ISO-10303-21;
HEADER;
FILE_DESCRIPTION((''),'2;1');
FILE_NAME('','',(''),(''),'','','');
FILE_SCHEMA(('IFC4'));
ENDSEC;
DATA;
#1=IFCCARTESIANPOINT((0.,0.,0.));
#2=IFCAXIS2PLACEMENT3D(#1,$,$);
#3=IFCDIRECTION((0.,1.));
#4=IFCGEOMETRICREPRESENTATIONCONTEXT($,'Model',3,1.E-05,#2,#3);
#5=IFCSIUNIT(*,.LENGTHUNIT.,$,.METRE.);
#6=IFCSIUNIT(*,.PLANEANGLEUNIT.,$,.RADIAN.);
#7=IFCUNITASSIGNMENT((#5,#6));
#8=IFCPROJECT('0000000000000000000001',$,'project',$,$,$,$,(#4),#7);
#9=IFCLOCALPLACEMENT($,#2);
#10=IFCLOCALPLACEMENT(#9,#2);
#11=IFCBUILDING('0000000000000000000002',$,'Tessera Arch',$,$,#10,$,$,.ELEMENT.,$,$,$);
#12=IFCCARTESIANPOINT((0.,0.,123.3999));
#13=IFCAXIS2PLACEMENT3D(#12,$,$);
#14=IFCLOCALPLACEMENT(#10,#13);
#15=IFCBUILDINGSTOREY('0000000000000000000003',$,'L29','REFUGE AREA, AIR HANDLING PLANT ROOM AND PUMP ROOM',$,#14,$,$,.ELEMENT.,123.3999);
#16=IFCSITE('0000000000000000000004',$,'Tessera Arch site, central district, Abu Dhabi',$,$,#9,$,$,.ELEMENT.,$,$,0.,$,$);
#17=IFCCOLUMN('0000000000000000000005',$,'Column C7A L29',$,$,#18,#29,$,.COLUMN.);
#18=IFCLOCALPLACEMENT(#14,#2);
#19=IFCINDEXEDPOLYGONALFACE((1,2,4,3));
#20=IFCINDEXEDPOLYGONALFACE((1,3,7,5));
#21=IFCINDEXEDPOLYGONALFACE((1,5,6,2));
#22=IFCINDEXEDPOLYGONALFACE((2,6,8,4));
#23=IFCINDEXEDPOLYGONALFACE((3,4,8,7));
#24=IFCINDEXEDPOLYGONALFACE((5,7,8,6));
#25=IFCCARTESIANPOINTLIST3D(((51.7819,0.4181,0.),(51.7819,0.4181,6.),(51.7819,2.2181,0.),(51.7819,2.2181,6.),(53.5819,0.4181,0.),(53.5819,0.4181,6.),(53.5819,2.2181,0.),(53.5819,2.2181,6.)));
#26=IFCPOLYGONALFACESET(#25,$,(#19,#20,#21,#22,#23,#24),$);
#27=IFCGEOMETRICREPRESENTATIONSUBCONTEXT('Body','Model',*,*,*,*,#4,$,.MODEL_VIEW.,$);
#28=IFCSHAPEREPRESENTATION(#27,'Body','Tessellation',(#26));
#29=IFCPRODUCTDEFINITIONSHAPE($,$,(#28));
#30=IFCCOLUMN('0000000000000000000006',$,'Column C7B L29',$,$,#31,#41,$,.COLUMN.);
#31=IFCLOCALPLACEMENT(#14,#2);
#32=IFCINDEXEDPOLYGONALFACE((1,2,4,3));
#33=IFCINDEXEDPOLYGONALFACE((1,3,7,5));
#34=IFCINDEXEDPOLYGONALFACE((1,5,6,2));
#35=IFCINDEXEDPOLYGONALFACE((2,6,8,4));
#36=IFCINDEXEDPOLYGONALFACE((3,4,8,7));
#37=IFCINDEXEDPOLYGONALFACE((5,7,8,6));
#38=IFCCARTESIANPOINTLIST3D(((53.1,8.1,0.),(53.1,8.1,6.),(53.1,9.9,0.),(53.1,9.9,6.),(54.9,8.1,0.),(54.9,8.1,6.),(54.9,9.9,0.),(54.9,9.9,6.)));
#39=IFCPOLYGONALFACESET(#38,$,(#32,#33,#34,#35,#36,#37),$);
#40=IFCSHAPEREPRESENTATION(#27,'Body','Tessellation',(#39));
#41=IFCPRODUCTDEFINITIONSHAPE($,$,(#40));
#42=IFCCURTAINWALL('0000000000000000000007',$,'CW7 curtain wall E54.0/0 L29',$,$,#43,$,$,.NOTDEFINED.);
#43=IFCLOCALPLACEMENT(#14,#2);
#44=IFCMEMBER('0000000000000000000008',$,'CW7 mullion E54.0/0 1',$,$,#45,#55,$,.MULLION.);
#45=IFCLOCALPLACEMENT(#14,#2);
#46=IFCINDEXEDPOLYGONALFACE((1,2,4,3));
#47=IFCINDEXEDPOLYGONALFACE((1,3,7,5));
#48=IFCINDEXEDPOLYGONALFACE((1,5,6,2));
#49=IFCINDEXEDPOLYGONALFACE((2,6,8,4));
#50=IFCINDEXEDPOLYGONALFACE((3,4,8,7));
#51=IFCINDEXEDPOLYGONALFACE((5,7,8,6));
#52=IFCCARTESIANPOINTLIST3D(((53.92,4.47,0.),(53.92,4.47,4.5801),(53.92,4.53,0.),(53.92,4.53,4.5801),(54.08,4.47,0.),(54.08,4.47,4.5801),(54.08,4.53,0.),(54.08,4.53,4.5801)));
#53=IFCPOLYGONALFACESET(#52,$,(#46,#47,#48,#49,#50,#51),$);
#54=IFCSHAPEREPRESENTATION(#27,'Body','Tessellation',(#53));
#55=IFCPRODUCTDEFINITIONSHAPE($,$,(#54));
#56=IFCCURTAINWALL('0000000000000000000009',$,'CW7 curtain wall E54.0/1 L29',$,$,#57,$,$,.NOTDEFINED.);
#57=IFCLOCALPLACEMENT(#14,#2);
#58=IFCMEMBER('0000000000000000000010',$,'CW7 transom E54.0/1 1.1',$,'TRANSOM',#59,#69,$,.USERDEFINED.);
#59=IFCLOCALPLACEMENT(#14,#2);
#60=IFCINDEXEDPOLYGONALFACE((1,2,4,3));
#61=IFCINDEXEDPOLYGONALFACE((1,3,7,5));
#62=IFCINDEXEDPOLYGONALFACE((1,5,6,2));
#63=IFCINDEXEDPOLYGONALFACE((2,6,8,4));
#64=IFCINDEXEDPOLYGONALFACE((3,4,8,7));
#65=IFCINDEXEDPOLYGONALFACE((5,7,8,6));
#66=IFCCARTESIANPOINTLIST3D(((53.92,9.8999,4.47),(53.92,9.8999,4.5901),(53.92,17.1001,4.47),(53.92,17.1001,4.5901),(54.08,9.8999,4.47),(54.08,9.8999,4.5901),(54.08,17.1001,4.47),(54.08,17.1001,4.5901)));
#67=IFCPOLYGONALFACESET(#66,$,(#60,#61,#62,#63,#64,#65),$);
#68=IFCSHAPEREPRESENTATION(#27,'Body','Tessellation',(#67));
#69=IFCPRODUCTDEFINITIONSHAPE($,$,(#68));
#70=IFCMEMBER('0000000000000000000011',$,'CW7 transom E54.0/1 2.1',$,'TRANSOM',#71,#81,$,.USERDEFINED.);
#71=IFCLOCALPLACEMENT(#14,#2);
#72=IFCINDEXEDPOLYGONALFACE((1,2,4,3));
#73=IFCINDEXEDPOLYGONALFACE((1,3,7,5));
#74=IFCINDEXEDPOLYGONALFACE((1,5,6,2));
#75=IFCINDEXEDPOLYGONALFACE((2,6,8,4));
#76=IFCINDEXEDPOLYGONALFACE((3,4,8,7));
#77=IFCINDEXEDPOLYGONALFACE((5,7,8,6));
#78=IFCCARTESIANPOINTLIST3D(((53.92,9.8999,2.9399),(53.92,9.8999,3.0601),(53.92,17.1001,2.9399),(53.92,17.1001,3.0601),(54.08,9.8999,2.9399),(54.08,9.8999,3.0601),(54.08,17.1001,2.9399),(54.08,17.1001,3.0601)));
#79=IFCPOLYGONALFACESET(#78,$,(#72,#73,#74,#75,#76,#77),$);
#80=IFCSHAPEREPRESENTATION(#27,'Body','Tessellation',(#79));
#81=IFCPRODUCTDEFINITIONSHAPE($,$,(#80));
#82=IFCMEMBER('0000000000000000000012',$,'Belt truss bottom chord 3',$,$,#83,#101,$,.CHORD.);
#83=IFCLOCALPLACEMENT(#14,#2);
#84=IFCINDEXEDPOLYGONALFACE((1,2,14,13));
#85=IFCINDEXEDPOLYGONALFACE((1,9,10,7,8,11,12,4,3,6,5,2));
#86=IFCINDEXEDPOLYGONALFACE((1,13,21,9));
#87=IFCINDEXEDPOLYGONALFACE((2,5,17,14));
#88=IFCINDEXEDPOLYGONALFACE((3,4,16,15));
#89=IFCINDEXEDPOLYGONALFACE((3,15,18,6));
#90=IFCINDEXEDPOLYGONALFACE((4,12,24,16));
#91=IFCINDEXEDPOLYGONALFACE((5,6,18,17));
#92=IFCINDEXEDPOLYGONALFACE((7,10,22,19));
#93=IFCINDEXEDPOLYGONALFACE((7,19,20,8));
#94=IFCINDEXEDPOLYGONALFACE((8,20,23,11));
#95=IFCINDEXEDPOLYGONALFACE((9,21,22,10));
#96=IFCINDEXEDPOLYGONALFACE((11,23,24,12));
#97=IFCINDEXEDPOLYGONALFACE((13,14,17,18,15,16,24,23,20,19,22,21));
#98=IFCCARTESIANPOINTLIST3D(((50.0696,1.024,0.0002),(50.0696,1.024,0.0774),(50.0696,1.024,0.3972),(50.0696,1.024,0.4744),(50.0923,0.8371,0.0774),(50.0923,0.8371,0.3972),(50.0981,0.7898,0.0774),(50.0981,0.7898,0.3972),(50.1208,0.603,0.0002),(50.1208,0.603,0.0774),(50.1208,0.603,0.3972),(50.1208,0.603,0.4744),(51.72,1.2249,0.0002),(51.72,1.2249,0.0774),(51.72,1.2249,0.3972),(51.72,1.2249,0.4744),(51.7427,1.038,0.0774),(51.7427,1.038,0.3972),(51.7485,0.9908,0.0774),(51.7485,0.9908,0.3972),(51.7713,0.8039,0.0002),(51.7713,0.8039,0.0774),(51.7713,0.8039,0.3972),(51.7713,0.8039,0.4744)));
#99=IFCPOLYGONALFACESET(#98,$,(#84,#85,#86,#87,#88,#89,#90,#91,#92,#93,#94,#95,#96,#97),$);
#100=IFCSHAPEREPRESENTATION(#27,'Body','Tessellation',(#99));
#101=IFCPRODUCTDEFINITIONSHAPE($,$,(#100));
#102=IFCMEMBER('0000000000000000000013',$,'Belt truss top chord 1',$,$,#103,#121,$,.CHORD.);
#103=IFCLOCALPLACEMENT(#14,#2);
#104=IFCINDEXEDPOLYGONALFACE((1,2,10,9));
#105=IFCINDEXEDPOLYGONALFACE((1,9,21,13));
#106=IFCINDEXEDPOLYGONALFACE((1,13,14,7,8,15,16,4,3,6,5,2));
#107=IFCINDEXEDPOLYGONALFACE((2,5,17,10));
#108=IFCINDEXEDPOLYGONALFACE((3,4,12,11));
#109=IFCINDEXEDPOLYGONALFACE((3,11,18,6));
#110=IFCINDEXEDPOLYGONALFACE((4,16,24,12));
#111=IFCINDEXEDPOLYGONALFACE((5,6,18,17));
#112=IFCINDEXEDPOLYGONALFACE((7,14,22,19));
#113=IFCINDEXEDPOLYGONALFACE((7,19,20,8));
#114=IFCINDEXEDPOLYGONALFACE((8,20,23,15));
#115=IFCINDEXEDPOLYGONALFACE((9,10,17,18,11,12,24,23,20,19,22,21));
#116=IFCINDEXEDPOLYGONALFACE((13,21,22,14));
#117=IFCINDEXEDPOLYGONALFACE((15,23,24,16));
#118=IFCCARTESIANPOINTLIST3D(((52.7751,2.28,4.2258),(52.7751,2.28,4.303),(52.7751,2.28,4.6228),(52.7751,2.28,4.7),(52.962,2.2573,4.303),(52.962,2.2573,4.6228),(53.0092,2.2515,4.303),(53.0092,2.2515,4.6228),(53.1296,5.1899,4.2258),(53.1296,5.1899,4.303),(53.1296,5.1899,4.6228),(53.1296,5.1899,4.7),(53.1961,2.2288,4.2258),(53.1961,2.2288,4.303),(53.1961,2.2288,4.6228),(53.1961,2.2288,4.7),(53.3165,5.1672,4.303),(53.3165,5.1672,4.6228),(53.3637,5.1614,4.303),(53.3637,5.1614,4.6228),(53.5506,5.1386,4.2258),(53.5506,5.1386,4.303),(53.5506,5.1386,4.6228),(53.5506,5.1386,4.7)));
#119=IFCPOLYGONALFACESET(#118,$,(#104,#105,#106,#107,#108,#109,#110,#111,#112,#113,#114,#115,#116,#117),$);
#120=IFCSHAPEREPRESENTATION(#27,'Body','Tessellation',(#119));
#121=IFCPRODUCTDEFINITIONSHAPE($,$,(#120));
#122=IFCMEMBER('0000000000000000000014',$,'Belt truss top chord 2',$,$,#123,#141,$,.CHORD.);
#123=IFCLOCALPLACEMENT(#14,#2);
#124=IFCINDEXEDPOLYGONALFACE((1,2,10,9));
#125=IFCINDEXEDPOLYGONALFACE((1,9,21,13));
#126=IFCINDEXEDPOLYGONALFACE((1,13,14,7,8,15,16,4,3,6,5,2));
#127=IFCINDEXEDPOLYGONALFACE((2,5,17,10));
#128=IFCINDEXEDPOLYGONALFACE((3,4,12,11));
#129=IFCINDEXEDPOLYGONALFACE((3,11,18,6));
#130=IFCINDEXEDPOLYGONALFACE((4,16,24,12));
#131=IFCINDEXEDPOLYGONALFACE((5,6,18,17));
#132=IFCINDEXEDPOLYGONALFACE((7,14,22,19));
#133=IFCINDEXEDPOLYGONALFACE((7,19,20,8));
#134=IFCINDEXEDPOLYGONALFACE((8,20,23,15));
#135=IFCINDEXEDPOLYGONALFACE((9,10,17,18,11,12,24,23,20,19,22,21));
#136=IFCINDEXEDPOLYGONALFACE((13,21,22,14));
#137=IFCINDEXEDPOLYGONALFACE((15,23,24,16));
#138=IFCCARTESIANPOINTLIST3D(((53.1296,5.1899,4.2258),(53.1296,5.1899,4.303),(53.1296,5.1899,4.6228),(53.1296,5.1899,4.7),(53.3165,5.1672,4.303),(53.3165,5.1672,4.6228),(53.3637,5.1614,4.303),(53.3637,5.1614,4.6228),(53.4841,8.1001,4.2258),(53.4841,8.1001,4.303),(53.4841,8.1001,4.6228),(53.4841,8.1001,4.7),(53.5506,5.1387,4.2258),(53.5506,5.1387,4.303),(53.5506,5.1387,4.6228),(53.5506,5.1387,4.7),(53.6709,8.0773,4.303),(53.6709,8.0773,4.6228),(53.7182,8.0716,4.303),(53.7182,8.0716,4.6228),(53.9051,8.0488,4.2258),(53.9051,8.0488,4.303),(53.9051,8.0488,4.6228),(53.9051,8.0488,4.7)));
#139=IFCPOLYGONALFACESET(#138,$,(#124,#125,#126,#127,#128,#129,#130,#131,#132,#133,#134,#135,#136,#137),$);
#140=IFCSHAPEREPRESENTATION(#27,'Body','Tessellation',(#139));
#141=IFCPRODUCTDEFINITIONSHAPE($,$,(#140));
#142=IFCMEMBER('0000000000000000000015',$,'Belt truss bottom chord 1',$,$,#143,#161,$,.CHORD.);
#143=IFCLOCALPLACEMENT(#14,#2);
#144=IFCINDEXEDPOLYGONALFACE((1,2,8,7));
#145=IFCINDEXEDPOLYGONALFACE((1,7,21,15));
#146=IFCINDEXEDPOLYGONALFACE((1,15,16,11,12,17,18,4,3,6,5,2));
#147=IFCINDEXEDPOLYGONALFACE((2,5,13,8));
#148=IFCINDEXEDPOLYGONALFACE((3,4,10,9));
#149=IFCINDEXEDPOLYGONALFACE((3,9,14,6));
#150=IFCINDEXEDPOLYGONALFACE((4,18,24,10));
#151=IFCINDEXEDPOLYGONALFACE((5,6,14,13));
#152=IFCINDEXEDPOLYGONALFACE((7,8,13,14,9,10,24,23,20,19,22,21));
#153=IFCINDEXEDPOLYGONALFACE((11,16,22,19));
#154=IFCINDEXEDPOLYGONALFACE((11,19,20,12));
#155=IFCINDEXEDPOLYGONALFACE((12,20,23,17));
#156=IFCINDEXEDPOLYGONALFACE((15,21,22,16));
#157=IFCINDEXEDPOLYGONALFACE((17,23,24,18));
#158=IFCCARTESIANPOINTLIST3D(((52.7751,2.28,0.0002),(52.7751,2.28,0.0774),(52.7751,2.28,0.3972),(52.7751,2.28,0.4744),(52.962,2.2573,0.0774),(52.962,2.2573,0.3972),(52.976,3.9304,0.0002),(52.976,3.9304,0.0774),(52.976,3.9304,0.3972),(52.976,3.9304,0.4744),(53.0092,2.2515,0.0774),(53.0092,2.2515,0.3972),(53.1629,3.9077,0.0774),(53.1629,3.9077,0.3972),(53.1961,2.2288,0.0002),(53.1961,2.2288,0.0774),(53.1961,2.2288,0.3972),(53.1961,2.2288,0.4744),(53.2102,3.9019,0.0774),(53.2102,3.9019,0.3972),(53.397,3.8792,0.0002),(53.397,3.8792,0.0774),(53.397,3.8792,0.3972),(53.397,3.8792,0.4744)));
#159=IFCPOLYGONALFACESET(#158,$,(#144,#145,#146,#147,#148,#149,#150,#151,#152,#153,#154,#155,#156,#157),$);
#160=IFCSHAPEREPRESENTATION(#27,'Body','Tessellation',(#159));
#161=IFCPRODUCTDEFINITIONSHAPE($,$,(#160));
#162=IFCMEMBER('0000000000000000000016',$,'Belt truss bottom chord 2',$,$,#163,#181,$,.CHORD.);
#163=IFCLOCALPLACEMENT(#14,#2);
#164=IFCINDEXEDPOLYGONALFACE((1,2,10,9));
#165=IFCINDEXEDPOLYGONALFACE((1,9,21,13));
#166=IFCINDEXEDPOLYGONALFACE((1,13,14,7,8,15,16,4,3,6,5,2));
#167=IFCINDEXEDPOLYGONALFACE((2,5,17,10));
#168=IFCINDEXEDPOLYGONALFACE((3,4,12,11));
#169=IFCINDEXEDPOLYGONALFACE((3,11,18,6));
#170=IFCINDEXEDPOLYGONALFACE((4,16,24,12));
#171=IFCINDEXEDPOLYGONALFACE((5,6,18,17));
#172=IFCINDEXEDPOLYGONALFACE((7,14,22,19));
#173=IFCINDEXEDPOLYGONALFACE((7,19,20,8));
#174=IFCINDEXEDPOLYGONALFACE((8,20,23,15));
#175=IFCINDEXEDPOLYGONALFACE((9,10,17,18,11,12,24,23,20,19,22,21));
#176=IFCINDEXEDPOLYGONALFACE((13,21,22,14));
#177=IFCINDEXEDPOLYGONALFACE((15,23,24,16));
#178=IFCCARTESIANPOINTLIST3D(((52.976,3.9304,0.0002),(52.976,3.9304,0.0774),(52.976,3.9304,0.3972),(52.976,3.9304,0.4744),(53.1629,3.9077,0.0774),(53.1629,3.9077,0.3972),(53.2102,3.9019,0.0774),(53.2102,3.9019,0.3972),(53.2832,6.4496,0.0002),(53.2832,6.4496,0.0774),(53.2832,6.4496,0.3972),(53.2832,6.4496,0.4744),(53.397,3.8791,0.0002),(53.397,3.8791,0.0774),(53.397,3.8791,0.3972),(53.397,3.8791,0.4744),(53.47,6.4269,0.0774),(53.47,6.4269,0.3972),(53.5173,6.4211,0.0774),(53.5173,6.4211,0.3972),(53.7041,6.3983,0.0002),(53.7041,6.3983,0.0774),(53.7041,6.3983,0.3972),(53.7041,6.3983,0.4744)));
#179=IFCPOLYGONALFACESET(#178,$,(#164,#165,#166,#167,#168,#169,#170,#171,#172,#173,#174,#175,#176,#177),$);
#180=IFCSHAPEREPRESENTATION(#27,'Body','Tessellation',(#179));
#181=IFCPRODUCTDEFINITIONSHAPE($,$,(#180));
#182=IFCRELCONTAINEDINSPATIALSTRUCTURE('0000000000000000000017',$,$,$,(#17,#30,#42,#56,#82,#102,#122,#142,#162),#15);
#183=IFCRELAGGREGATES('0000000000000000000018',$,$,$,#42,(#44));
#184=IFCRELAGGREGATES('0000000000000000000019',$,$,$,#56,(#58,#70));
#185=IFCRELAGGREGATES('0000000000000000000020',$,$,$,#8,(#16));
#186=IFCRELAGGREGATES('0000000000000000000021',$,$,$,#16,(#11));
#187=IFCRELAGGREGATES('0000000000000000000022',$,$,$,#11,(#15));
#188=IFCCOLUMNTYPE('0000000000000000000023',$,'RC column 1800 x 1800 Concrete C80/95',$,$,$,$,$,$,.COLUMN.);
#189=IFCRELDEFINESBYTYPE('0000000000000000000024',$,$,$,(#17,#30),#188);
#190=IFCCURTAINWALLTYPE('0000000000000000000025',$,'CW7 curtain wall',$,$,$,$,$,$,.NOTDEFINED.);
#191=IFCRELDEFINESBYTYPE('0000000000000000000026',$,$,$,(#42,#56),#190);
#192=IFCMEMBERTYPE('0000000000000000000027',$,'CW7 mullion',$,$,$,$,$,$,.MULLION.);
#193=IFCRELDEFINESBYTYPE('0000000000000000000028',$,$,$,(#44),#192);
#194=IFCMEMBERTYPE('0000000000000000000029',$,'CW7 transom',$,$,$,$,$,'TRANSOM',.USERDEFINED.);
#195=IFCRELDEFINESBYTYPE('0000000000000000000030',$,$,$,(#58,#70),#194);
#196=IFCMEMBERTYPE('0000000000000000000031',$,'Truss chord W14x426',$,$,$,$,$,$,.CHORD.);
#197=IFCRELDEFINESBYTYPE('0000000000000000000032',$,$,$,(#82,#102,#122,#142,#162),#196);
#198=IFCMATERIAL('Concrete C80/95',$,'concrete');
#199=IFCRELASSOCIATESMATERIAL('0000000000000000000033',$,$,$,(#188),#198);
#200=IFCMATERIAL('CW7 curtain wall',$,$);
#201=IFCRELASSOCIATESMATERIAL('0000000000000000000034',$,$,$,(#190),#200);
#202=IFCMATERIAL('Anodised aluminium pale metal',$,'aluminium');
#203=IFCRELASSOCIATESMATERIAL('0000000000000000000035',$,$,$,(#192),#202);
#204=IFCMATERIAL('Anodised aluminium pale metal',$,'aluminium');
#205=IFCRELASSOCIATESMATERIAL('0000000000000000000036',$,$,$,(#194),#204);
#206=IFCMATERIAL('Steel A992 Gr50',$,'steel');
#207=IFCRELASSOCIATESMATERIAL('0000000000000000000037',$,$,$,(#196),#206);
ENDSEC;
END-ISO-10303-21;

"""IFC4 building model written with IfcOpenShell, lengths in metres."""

from ifc_helpers import new_model, si_unit, direction, frame, origin, origin_2d, place, context, subcontext, project, spatial, rectangle, i_section, extrude, material, material_profile, profile_set, type_object, element, aggregate, save


model = new_model("IFC4")

# Units and contexts
model_context = context("Model", 3, precision=1e-05, world=origin(), true_north=direction((0.0, 1.0)))
body_context = subcontext(model_context, "Body", "Model", "MODEL_VIEW")
ifc_project = project(units=[si_unit("LENGTHUNIT", "METRE"), si_unit("PLANEANGLEUNIT", "RADIAN")], contexts=[model_context])

# Site, building, storey
site_placement = place(None, origin())
site = spatial("IfcSite", under=ifc_project, at=site_placement, Name="Tessera Arch site, central district, Abu Dhabi", CompositionType="ELEMENT", RefElevation=0.0)
building_placement = place(site_placement, origin())
building = spatial("IfcBuilding", under=site, at=building_placement, Name="Tessera Arch", CompositionType="ELEMENT")
storey_placement = place(building_placement, frame((0.0, 0.0, 123.3999)))
storey = spatial("IfcBuildingStorey", under=building, at=storey_placement, Name="L29", Description="REFUGE AREA, AIR HANDLING PLANT ROOM AND PUMP ROOM", CompositionType="ELEMENT", Elevation=123.3999)

# Columns
ifc_material_1 = material(Name="Concrete C80/95", Category="concrete")
ifc_material_profile_1 = material_profile(ifc_material_1, rectangle(XDim=1.8, YDim=1.8, at=origin_2d()), Name="RC column 1800 x 1800 Concrete C80/95")
ifc_profile_set_1 = profile_set([ifc_material_profile_1], Name="Concrete C80/95")
column_type = type_object("IfcColumnType", Name="RC column 1800 x 1800 Concrete C80/95", PredefinedType="COLUMN", material=ifc_profile_set_1)
for number, where, z_axis, x_axis, name in (
    (1, (52.6819, 1.3181, 0.0), (0.0, 0.0, 1.0), (1.0, 0.0, 0.0), "Column C7A L29"),
    (2, (54.0, 9.0, 0.0), (0.0, 0.0, 1.0), (1.0, 0.0, 0.0), "Column C7B L29"),
):
    element("IfcColumn", number, at=place(storey_placement, frame(where, z_axis=z_axis, x_axis=x_axis)), inside=storey, type_object=column_type, Name=name, PredefinedType="COLUMN", context=body_context, shape_type="SweptSolid", body=[
        extrude(rectangle(XDim=1.8, YDim=1.8, at=origin_2d()), origin(), (0.0, 0.0, 1.0), 6.0),
    ])

# Curtain wall, member
ifc_material_2 = material(Name="CW7 curtain wall")
curtain_wall_type = type_object("IfcCurtainWallType", Name="CW7 curtain wall", PredefinedType="NOTDEFINED", material=ifc_material_2)
curtain_wall_1_placement = place(storey_placement, origin())
curtain_wall_1 = element("IfcCurtainWall", 3, at=curtain_wall_1_placement, inside=storey, type_object=curtain_wall_type, Name="CW7 curtain wall E54.0/0 L29", PredefinedType="NOTDEFINED")
ifc_material_3 = material(Name="Anodised aluminium pale metal", Category="aluminium")
ifc_material_profile_2 = material_profile(ifc_material_3, rectangle(XDim=0.1599, YDim=0.0601, at=origin_2d()), Name="AL 60x160")
ifc_profile_set_2 = profile_set([ifc_material_profile_2], Name="Anodised aluminium pale metal")
member_type_1 = type_object("IfcMemberType", Name="CW7 mullion", PredefinedType="MULLION", material=ifc_profile_set_2)
member_1_placement = place(storey_placement, frame((54.0, 4.5, 0.0), z_axis=(0.0, 0.0, 1.0), x_axis=(-1.0, 0.0, 0.0)))
member_1 = element("IfcMember", 4, at=member_1_placement, type_object=member_type_1, Name="CW7 mullion E54.0/0 1", PredefinedType="MULLION", context=body_context, shape_type="SweptSolid", body=[
    extrude(rectangle(XDim=0.1599, YDim=0.0601, at=origin_2d()), origin(), (0.0, 0.0, 1.0), 4.5801),
])

# Curtain wall, members
curtain_wall_2_placement = place(storey_placement, origin())
curtain_wall_2 = element("IfcCurtainWall", 5, at=curtain_wall_2_placement, inside=storey, type_object=curtain_wall_type, Name="CW7 curtain wall E54.0/1 L29", PredefinedType="NOTDEFINED")
ifc_material_4 = material(Name="Anodised aluminium pale metal", Category="aluminium")
ifc_material_profile_3 = material_profile(ifc_material_4, rectangle(XDim=0.1599, YDim=0.1201, at=origin_2d()), Name="AL 160x120")
ifc_profile_set_3 = profile_set([ifc_material_profile_3], Name="Anodised aluminium pale metal")
member_type_2 = type_object("IfcMemberType", Name="CW7 transom", ElementType="TRANSOM", PredefinedType="USERDEFINED", material=ifc_profile_set_3)
member_2_placement = place(storey_placement, frame((54.0, 9.8999, 4.53), z_axis=(0.0, 1.0, 0.0), x_axis=(-1.0, 0.0, 0.0)))
member_2 = element("IfcMember", 6, at=member_2_placement, type_object=member_type_2, Name="CW7 transom E54.0/1 1.1", ObjectType="TRANSOM", PredefinedType="USERDEFINED", context=body_context, shape_type="SweptSolid", body=[
    extrude(rectangle(XDim=0.1599, YDim=0.1201, at=origin_2d()), origin(), (0.0, 0.0, 1.0), 7.2002),
])
member_3_placement = place(storey_placement, frame((54.0, 9.8999, 3.0), z_axis=(0.0, 1.0, 0.0), x_axis=(-1.0, 0.0, 0.0)))
member_3 = element("IfcMember", 7, at=member_3_placement, type_object=member_type_2, Name="CW7 transom E54.0/1 2.1", ObjectType="TRANSOM", PredefinedType="USERDEFINED", context=body_context, shape_type="SweptSolid", body=[
    extrude(rectangle(XDim=0.1599, YDim=0.1201, at=origin_2d()), origin(), (0.0, 0.0, 1.0), 7.2002),
])

# Members
ifc_material_5 = material(Name="Steel A992 Gr50", Category="steel")
ifc_material_profile_4 = material_profile(ifc_material_5, i_section(OverallWidth=0.4241, OverallDepth=0.4741, WebThickness=0.0476, FlangeThickness=0.0771, at=origin_2d()), Name="W14x426")
ifc_profile_set_4 = profile_set([ifc_material_profile_4], Name="Steel A992 Gr50")
member_type_3 = type_object("IfcMemberType", Name="Truss chord W14x426", PredefinedType="CHORD", material=ifc_profile_set_4)
member_4_placement = place(storey_placement, frame((50.0952, 0.8135, 0.2373), z_axis=(0.99267, 0.120853, 0.0), x_axis=(-0.120853, 0.99267, 0.0)))
element("IfcMember", 8, at=member_4_placement, inside=storey, type_object=member_type_3, Name="Belt truss bottom chord 3", PredefinedType="CHORD", context=body_context, shape_type="SweptSolid", body=[
    extrude(i_section(OverallWidth=0.4241, OverallDepth=0.4741, WebThickness=0.0476, FlangeThickness=0.0771, at=origin_2d()), origin(), (0.0, 0.0, 1.0), 1.6626),
])
member_5_placement = place(storey_placement, frame((52.9856, 2.2544, 4.4629), z_axis=(0.120928, 0.992661, 0.0), x_axis=(-0.992661, 0.120928, 0.0)))
element("IfcMember", 9, at=member_5_placement, inside=storey, type_object=member_type_3, Name="Belt truss top chord 1", PredefinedType="CHORD", context=body_context, shape_type="SweptSolid", body=[
    extrude(i_section(OverallWidth=0.4241, OverallDepth=0.4741, WebThickness=0.0476, FlangeThickness=0.0771, at=origin_2d()), origin(), (0.0, 0.0, 1.0), 2.9314),
])
member_6_placement = place(storey_placement, frame((53.3401, 5.1643, 4.4629), z_axis=(0.120918, 0.992662, 0.0), x_axis=(-0.992662, 0.120918, 0.0)))
element("IfcMember", 10, at=member_6_placement, inside=storey, type_object=member_type_3, Name="Belt truss top chord 2", PredefinedType="CHORD", context=body_context, shape_type="SweptSolid", body=[
    extrude(i_section(OverallWidth=0.4241, OverallDepth=0.4741, WebThickness=0.0476, FlangeThickness=0.0771, at=origin_2d()), origin(), (0.0, 0.0, 1.0), 2.9316),
])
member_7_placement = place(storey_placement, frame((52.9856, 2.2544, 0.2373), z_axis=(0.120853, 0.99267, 0.0), x_axis=(-0.99267, 0.120853, 0.0)))
element("IfcMember", 11, at=member_7_placement, inside=storey, type_object=member_type_3, Name="Belt truss bottom chord 1", PredefinedType="CHORD", context=body_context, shape_type="SweptSolid", body=[
    extrude(i_section(OverallWidth=0.4241, OverallDepth=0.4741, WebThickness=0.0476, FlangeThickness=0.0771, at=origin_2d()), origin(), (0.0, 0.0, 1.0), 1.6626),
])
member_8_placement = place(storey_placement, frame((53.1865, 3.9048, 0.2373), z_axis=(0.121015, 0.992651, 0.0), x_axis=(-0.992651, 0.121015, 0.0)))
element("IfcMember", 12, at=member_8_placement, inside=storey, type_object=member_type_3, Name="Belt truss bottom chord 2", PredefinedType="CHORD", context=body_context, shape_type="SweptSolid", body=[
    extrude(i_section(OverallWidth=0.4241, OverallDepth=0.4741, WebThickness=0.0476, FlangeThickness=0.0771, at=origin_2d()), origin(), (0.0, 0.0, 1.0), 2.5378),
])

aggregate(curtain_wall_1, [member_1])
aggregate(curtain_wall_2, [member_2, member_3])

save(model, "model.ifc")
